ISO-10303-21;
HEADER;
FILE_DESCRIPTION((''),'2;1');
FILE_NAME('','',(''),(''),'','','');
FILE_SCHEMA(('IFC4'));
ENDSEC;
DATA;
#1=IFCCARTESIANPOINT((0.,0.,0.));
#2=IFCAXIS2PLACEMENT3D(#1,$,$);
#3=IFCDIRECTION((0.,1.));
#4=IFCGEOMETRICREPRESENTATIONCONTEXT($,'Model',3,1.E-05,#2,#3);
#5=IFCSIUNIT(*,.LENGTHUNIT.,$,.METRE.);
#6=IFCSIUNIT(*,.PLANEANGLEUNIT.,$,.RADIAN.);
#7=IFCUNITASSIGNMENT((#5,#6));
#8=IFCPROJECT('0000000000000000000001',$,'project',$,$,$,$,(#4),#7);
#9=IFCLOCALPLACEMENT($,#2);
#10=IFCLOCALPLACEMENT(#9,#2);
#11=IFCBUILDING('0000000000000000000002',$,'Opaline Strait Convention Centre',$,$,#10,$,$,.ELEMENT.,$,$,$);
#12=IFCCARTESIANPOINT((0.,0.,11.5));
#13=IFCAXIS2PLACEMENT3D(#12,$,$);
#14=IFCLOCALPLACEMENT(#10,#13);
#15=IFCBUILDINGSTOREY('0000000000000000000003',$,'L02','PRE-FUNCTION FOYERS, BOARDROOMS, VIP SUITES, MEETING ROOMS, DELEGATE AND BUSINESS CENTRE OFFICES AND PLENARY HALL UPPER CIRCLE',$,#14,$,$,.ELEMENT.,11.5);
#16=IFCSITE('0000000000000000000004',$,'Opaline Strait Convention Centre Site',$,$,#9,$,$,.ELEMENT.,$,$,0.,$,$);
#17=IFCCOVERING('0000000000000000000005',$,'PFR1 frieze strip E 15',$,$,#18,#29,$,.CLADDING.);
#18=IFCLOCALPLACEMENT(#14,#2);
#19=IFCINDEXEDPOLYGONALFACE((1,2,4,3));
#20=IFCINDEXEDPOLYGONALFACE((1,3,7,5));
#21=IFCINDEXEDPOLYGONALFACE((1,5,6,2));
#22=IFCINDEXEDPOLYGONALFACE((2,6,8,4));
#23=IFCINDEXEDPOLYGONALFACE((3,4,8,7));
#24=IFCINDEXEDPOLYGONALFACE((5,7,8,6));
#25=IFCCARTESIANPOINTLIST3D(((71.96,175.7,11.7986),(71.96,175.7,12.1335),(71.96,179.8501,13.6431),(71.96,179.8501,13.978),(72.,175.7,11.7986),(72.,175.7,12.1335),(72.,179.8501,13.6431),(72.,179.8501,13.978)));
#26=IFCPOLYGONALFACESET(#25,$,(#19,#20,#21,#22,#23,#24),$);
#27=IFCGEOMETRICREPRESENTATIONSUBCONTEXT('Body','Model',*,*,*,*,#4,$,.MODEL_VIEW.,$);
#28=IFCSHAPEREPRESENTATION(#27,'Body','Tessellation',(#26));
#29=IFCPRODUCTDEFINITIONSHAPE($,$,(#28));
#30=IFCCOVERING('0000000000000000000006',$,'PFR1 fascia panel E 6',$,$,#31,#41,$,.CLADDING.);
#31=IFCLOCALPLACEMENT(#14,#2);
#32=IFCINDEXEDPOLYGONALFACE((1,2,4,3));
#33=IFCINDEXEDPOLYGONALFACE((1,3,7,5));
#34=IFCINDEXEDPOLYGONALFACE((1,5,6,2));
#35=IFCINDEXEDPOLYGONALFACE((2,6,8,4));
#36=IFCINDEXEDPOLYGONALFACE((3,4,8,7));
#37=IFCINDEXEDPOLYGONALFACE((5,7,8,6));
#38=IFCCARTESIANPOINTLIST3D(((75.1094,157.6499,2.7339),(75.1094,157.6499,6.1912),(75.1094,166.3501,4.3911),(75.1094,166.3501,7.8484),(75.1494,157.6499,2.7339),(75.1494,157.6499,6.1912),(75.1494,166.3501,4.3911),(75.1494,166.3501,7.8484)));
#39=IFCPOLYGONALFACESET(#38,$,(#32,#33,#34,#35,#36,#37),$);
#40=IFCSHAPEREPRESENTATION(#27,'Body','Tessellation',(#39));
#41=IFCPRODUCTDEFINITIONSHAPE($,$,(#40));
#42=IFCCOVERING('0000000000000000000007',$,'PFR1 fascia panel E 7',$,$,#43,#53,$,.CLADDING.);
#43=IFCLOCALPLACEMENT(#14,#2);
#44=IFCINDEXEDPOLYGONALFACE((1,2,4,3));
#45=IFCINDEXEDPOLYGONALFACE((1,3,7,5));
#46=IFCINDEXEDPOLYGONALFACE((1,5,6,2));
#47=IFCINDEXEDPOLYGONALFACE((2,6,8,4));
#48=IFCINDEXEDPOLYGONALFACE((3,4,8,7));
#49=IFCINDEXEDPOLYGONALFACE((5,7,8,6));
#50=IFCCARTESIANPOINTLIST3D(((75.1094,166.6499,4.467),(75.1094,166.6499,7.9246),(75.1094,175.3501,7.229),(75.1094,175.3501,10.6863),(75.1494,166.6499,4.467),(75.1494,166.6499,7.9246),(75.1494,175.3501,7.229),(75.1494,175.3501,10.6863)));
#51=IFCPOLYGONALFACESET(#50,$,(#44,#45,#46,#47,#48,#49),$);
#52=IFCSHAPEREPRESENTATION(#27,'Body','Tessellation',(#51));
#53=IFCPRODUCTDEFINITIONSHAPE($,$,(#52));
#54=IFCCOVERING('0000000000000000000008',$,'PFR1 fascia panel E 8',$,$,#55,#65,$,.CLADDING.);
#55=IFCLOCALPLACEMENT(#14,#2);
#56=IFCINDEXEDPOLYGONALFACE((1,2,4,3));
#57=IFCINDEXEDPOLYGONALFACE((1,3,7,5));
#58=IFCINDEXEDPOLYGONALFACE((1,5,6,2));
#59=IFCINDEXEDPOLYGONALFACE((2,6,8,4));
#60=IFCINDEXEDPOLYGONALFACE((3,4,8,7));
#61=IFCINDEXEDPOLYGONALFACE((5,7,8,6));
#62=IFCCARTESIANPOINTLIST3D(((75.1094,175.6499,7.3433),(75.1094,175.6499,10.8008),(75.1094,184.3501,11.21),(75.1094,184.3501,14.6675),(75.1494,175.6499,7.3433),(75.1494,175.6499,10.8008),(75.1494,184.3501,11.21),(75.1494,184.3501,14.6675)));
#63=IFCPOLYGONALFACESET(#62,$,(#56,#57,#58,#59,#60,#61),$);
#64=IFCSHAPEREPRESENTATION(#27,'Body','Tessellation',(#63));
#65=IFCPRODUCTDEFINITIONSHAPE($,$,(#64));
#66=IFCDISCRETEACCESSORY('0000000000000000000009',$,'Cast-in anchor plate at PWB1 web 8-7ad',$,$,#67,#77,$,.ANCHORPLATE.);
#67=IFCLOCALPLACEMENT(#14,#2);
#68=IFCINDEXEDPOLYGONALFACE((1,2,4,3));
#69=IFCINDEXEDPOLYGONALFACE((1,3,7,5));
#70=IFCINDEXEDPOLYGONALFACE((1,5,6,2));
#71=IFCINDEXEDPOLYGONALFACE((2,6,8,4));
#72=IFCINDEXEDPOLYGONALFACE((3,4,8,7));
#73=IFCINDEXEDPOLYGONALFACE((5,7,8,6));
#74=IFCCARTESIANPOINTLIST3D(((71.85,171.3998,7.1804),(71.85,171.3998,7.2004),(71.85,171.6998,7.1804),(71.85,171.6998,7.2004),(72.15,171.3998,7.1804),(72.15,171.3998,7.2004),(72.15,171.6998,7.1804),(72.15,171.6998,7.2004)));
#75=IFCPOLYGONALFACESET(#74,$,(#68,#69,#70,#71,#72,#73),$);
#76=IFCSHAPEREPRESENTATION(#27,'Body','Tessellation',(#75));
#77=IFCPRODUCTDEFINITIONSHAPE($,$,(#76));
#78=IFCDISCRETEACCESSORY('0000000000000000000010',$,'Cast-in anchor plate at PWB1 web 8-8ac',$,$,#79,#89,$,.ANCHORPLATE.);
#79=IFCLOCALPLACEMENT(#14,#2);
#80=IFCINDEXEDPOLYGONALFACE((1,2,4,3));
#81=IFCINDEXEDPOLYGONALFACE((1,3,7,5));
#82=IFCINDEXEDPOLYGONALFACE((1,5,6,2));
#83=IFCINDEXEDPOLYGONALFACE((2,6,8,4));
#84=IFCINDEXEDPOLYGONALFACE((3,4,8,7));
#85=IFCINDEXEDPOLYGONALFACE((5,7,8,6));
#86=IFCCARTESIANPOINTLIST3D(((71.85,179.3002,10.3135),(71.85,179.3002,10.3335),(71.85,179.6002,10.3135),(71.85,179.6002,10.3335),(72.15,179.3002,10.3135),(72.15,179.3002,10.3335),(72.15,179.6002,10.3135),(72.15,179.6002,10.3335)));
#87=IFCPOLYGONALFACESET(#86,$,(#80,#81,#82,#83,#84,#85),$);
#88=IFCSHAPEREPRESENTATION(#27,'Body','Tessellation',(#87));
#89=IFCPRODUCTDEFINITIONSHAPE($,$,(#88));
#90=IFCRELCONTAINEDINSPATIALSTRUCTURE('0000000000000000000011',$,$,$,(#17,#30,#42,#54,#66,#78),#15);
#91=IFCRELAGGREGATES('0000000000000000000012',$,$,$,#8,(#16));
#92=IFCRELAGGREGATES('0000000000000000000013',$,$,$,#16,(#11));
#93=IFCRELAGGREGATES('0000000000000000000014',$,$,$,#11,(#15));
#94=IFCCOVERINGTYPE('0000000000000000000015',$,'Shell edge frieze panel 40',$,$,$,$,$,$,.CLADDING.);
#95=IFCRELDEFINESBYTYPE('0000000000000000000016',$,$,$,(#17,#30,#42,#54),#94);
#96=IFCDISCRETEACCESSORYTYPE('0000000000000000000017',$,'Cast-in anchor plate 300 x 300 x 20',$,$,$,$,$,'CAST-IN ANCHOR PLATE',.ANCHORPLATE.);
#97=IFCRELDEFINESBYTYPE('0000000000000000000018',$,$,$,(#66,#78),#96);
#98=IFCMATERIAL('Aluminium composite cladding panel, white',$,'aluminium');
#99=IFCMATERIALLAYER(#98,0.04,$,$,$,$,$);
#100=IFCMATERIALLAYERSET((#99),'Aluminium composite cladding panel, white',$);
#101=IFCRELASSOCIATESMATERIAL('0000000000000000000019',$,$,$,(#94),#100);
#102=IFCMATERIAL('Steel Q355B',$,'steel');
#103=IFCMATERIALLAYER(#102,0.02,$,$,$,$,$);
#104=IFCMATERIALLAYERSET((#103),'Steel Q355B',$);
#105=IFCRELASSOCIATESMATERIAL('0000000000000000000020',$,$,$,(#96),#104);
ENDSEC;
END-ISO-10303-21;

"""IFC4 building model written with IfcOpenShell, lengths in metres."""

from ifc_helpers import new_model, si_unit, direction, frame, origin, origin_2d, place, context, subcontext, project, spatial, polyline, rectangle, outline, extrude, material, layer, layer_set, type_object, element, save


model = new_model("IFC4")

# Units and contexts
model_context = context("Model", 3, precision=1e-05, world=origin(), true_north=direction((0.0, 1.0)))
body_context = subcontext(model_context, "Body", "Model", "MODEL_VIEW")
ifc_project = project(units=[si_unit("LENGTHUNIT", "METRE"), si_unit("PLANEANGLEUNIT", "RADIAN")], contexts=[model_context])

# Site, building, storey
site_placement = place(None, origin())
site = spatial("IfcSite", under=ifc_project, at=site_placement, Name="Opaline Strait Convention Centre Site", CompositionType="ELEMENT", RefElevation=0.0)
building_placement = place(site_placement, origin())
building = spatial("IfcBuilding", under=site, at=building_placement, Name="Opaline Strait Convention Centre", CompositionType="ELEMENT")
storey_placement = place(building_placement, frame((0.0, 0.0, 11.5)))
storey = spatial("IfcBuildingStorey", under=building, at=storey_placement, Name="L02", Description="PRE-FUNCTION FOYERS, BOARDROOMS, VIP SUITES, MEETING ROOMS, DELEGATE AND BUSINESS CENTRE OFFICES AND PLENARY HALL UPPER CIRCLE", CompositionType="ELEMENT", Elevation=11.5)

# Shared definitions
ifc_material_1 = material(Name="Steel Q355B", Category="steel")

# Coverings
ifc_material_2 = material(Name="Aluminium composite cladding panel, white", Category="aluminium")
ifc_layer_1 = layer(ifc_material_2, 0.04)
ifc_layer_set_1 = layer_set([ifc_layer_1], Name="Aluminium composite cladding panel, white")
covering_type_1 = type_object("IfcCoveringType", Name="Shell edge frieze panel 40", PredefinedType="CLADDING", material=ifc_layer_set_1)
covering_1_placement = place(storey_placement, frame((72.0, 175.7, 11.7986), z_axis=(1.0, 0.0, 0.0), x_axis=(0.0, 0.913814, 0.406133)))
element("IfcCovering", 1, at=covering_1_placement, inside=storey, type_object=covering_type_1, Name="PFR1 frieze strip E 15", PredefinedType="CLADDING", context=body_context, shape_type="SweptSolid", body=[
    extrude(outline(polyline([(0.0, 0.0), (4.5416, 0.0), (4.6776, 0.3061), (0.136, 0.3061), (0.0, 0.0)])), origin(), (0.0, 0.0, -1.0), 0.04),
])
covering_2_placement = place(storey_placement, frame((75.1494, 157.6499, 2.7339), z_axis=(1.0, 0.0, 0.0), x_axis=(0.0, 0.982338, 0.187117)))
element("IfcCovering", 2, at=covering_2_placement, inside=storey, type_object=covering_type_1, Name="PFR1 fascia panel E 6", PredefinedType="CLADDING", context=body_context, shape_type="SweptSolid", body=[
    extrude(outline(polyline([(0.0, 0.0), (8.8566, 0.0), (9.5035, 3.3962), (0.6469, 3.3962), (0.0, 0.0)])), origin(), (0.0, 0.0, -1.0), 0.04),
])
covering_3_placement = place(storey_placement, frame((75.1494, 166.6499, 4.467), z_axis=(1.0, 0.0, 0.0), x_axis=(0.0, 0.953124, 0.302579)))
element("IfcCovering", 3, at=covering_3_placement, inside=storey, type_object=covering_type_1, Name="PFR1 fascia panel E 7", PredefinedType="CLADDING", context=body_context, shape_type="SweptSolid", body=[
    extrude(outline(polyline([(0.0, 0.0), (9.1281, 0.0), (10.1742, 3.2952), (1.0462, 3.2954), (0.0, 0.0)])), origin(), (0.0, 0.0, -1.0), 0.04),
])
covering_4_placement = place(storey_placement, frame((75.1494, 175.6499, 7.3433), z_axis=(1.0, 0.0, 0.0), x_axis=(0.0, 0.913814, 0.406134)))
element("IfcCovering", 4, at=covering_4_placement, inside=storey, type_object=covering_type_1, Name="PFR1 fascia panel E 8", PredefinedType="CLADDING", context=body_context, shape_type="SweptSolid", body=[
    extrude(outline(polyline([(0.0, 0.0), (9.5208, 0.0), (10.925, 3.1595), (1.4042, 3.1595), (0.0, 0.0)])), origin(), (0.0, 0.0, -1.0), 0.04),
])

# Discrete accessories
ifc_layer_2 = layer(ifc_material_1, 0.02)
ifc_layer_set_2 = layer_set([ifc_layer_2], Name="Steel Q355B")
discrete_accessory_type = type_object("IfcDiscreteAccessoryType", Name="Cast-in anchor plate 300 x 300 x 20", ElementType="CAST-IN ANCHOR PLATE", PredefinedType="ANCHORPLATE", material=ifc_layer_set_2)
for number, where, z_axis, x_axis, name in (
    (5, (72.0, 171.5498, 7.1804), (0.0, 0.0, 1.0), (1.0, 0.0, 0.0), "Cast-in anchor plate at PWB1 web 8-7ad"),
    (6, (72.0, 179.4502, 10.3135), (0.0, 0.0, 1.0), (1.0, 0.0, 0.0), "Cast-in anchor plate at PWB1 web 8-8ac"),
):
    element("IfcDiscreteAccessory", number, at=place(storey_placement, frame(where, z_axis=z_axis, x_axis=x_axis)), inside=storey, type_object=discrete_accessory_type, Name=name, PredefinedType="ANCHORPLATE", context=body_context, shape_type="SweptSolid", body=[
        extrude(rectangle(XDim=0.3, YDim=0.3, at=origin_2d()), origin(), (0.0, 0.0, 1.0), 0.02),
    ])

save(model, "model.ifc")
